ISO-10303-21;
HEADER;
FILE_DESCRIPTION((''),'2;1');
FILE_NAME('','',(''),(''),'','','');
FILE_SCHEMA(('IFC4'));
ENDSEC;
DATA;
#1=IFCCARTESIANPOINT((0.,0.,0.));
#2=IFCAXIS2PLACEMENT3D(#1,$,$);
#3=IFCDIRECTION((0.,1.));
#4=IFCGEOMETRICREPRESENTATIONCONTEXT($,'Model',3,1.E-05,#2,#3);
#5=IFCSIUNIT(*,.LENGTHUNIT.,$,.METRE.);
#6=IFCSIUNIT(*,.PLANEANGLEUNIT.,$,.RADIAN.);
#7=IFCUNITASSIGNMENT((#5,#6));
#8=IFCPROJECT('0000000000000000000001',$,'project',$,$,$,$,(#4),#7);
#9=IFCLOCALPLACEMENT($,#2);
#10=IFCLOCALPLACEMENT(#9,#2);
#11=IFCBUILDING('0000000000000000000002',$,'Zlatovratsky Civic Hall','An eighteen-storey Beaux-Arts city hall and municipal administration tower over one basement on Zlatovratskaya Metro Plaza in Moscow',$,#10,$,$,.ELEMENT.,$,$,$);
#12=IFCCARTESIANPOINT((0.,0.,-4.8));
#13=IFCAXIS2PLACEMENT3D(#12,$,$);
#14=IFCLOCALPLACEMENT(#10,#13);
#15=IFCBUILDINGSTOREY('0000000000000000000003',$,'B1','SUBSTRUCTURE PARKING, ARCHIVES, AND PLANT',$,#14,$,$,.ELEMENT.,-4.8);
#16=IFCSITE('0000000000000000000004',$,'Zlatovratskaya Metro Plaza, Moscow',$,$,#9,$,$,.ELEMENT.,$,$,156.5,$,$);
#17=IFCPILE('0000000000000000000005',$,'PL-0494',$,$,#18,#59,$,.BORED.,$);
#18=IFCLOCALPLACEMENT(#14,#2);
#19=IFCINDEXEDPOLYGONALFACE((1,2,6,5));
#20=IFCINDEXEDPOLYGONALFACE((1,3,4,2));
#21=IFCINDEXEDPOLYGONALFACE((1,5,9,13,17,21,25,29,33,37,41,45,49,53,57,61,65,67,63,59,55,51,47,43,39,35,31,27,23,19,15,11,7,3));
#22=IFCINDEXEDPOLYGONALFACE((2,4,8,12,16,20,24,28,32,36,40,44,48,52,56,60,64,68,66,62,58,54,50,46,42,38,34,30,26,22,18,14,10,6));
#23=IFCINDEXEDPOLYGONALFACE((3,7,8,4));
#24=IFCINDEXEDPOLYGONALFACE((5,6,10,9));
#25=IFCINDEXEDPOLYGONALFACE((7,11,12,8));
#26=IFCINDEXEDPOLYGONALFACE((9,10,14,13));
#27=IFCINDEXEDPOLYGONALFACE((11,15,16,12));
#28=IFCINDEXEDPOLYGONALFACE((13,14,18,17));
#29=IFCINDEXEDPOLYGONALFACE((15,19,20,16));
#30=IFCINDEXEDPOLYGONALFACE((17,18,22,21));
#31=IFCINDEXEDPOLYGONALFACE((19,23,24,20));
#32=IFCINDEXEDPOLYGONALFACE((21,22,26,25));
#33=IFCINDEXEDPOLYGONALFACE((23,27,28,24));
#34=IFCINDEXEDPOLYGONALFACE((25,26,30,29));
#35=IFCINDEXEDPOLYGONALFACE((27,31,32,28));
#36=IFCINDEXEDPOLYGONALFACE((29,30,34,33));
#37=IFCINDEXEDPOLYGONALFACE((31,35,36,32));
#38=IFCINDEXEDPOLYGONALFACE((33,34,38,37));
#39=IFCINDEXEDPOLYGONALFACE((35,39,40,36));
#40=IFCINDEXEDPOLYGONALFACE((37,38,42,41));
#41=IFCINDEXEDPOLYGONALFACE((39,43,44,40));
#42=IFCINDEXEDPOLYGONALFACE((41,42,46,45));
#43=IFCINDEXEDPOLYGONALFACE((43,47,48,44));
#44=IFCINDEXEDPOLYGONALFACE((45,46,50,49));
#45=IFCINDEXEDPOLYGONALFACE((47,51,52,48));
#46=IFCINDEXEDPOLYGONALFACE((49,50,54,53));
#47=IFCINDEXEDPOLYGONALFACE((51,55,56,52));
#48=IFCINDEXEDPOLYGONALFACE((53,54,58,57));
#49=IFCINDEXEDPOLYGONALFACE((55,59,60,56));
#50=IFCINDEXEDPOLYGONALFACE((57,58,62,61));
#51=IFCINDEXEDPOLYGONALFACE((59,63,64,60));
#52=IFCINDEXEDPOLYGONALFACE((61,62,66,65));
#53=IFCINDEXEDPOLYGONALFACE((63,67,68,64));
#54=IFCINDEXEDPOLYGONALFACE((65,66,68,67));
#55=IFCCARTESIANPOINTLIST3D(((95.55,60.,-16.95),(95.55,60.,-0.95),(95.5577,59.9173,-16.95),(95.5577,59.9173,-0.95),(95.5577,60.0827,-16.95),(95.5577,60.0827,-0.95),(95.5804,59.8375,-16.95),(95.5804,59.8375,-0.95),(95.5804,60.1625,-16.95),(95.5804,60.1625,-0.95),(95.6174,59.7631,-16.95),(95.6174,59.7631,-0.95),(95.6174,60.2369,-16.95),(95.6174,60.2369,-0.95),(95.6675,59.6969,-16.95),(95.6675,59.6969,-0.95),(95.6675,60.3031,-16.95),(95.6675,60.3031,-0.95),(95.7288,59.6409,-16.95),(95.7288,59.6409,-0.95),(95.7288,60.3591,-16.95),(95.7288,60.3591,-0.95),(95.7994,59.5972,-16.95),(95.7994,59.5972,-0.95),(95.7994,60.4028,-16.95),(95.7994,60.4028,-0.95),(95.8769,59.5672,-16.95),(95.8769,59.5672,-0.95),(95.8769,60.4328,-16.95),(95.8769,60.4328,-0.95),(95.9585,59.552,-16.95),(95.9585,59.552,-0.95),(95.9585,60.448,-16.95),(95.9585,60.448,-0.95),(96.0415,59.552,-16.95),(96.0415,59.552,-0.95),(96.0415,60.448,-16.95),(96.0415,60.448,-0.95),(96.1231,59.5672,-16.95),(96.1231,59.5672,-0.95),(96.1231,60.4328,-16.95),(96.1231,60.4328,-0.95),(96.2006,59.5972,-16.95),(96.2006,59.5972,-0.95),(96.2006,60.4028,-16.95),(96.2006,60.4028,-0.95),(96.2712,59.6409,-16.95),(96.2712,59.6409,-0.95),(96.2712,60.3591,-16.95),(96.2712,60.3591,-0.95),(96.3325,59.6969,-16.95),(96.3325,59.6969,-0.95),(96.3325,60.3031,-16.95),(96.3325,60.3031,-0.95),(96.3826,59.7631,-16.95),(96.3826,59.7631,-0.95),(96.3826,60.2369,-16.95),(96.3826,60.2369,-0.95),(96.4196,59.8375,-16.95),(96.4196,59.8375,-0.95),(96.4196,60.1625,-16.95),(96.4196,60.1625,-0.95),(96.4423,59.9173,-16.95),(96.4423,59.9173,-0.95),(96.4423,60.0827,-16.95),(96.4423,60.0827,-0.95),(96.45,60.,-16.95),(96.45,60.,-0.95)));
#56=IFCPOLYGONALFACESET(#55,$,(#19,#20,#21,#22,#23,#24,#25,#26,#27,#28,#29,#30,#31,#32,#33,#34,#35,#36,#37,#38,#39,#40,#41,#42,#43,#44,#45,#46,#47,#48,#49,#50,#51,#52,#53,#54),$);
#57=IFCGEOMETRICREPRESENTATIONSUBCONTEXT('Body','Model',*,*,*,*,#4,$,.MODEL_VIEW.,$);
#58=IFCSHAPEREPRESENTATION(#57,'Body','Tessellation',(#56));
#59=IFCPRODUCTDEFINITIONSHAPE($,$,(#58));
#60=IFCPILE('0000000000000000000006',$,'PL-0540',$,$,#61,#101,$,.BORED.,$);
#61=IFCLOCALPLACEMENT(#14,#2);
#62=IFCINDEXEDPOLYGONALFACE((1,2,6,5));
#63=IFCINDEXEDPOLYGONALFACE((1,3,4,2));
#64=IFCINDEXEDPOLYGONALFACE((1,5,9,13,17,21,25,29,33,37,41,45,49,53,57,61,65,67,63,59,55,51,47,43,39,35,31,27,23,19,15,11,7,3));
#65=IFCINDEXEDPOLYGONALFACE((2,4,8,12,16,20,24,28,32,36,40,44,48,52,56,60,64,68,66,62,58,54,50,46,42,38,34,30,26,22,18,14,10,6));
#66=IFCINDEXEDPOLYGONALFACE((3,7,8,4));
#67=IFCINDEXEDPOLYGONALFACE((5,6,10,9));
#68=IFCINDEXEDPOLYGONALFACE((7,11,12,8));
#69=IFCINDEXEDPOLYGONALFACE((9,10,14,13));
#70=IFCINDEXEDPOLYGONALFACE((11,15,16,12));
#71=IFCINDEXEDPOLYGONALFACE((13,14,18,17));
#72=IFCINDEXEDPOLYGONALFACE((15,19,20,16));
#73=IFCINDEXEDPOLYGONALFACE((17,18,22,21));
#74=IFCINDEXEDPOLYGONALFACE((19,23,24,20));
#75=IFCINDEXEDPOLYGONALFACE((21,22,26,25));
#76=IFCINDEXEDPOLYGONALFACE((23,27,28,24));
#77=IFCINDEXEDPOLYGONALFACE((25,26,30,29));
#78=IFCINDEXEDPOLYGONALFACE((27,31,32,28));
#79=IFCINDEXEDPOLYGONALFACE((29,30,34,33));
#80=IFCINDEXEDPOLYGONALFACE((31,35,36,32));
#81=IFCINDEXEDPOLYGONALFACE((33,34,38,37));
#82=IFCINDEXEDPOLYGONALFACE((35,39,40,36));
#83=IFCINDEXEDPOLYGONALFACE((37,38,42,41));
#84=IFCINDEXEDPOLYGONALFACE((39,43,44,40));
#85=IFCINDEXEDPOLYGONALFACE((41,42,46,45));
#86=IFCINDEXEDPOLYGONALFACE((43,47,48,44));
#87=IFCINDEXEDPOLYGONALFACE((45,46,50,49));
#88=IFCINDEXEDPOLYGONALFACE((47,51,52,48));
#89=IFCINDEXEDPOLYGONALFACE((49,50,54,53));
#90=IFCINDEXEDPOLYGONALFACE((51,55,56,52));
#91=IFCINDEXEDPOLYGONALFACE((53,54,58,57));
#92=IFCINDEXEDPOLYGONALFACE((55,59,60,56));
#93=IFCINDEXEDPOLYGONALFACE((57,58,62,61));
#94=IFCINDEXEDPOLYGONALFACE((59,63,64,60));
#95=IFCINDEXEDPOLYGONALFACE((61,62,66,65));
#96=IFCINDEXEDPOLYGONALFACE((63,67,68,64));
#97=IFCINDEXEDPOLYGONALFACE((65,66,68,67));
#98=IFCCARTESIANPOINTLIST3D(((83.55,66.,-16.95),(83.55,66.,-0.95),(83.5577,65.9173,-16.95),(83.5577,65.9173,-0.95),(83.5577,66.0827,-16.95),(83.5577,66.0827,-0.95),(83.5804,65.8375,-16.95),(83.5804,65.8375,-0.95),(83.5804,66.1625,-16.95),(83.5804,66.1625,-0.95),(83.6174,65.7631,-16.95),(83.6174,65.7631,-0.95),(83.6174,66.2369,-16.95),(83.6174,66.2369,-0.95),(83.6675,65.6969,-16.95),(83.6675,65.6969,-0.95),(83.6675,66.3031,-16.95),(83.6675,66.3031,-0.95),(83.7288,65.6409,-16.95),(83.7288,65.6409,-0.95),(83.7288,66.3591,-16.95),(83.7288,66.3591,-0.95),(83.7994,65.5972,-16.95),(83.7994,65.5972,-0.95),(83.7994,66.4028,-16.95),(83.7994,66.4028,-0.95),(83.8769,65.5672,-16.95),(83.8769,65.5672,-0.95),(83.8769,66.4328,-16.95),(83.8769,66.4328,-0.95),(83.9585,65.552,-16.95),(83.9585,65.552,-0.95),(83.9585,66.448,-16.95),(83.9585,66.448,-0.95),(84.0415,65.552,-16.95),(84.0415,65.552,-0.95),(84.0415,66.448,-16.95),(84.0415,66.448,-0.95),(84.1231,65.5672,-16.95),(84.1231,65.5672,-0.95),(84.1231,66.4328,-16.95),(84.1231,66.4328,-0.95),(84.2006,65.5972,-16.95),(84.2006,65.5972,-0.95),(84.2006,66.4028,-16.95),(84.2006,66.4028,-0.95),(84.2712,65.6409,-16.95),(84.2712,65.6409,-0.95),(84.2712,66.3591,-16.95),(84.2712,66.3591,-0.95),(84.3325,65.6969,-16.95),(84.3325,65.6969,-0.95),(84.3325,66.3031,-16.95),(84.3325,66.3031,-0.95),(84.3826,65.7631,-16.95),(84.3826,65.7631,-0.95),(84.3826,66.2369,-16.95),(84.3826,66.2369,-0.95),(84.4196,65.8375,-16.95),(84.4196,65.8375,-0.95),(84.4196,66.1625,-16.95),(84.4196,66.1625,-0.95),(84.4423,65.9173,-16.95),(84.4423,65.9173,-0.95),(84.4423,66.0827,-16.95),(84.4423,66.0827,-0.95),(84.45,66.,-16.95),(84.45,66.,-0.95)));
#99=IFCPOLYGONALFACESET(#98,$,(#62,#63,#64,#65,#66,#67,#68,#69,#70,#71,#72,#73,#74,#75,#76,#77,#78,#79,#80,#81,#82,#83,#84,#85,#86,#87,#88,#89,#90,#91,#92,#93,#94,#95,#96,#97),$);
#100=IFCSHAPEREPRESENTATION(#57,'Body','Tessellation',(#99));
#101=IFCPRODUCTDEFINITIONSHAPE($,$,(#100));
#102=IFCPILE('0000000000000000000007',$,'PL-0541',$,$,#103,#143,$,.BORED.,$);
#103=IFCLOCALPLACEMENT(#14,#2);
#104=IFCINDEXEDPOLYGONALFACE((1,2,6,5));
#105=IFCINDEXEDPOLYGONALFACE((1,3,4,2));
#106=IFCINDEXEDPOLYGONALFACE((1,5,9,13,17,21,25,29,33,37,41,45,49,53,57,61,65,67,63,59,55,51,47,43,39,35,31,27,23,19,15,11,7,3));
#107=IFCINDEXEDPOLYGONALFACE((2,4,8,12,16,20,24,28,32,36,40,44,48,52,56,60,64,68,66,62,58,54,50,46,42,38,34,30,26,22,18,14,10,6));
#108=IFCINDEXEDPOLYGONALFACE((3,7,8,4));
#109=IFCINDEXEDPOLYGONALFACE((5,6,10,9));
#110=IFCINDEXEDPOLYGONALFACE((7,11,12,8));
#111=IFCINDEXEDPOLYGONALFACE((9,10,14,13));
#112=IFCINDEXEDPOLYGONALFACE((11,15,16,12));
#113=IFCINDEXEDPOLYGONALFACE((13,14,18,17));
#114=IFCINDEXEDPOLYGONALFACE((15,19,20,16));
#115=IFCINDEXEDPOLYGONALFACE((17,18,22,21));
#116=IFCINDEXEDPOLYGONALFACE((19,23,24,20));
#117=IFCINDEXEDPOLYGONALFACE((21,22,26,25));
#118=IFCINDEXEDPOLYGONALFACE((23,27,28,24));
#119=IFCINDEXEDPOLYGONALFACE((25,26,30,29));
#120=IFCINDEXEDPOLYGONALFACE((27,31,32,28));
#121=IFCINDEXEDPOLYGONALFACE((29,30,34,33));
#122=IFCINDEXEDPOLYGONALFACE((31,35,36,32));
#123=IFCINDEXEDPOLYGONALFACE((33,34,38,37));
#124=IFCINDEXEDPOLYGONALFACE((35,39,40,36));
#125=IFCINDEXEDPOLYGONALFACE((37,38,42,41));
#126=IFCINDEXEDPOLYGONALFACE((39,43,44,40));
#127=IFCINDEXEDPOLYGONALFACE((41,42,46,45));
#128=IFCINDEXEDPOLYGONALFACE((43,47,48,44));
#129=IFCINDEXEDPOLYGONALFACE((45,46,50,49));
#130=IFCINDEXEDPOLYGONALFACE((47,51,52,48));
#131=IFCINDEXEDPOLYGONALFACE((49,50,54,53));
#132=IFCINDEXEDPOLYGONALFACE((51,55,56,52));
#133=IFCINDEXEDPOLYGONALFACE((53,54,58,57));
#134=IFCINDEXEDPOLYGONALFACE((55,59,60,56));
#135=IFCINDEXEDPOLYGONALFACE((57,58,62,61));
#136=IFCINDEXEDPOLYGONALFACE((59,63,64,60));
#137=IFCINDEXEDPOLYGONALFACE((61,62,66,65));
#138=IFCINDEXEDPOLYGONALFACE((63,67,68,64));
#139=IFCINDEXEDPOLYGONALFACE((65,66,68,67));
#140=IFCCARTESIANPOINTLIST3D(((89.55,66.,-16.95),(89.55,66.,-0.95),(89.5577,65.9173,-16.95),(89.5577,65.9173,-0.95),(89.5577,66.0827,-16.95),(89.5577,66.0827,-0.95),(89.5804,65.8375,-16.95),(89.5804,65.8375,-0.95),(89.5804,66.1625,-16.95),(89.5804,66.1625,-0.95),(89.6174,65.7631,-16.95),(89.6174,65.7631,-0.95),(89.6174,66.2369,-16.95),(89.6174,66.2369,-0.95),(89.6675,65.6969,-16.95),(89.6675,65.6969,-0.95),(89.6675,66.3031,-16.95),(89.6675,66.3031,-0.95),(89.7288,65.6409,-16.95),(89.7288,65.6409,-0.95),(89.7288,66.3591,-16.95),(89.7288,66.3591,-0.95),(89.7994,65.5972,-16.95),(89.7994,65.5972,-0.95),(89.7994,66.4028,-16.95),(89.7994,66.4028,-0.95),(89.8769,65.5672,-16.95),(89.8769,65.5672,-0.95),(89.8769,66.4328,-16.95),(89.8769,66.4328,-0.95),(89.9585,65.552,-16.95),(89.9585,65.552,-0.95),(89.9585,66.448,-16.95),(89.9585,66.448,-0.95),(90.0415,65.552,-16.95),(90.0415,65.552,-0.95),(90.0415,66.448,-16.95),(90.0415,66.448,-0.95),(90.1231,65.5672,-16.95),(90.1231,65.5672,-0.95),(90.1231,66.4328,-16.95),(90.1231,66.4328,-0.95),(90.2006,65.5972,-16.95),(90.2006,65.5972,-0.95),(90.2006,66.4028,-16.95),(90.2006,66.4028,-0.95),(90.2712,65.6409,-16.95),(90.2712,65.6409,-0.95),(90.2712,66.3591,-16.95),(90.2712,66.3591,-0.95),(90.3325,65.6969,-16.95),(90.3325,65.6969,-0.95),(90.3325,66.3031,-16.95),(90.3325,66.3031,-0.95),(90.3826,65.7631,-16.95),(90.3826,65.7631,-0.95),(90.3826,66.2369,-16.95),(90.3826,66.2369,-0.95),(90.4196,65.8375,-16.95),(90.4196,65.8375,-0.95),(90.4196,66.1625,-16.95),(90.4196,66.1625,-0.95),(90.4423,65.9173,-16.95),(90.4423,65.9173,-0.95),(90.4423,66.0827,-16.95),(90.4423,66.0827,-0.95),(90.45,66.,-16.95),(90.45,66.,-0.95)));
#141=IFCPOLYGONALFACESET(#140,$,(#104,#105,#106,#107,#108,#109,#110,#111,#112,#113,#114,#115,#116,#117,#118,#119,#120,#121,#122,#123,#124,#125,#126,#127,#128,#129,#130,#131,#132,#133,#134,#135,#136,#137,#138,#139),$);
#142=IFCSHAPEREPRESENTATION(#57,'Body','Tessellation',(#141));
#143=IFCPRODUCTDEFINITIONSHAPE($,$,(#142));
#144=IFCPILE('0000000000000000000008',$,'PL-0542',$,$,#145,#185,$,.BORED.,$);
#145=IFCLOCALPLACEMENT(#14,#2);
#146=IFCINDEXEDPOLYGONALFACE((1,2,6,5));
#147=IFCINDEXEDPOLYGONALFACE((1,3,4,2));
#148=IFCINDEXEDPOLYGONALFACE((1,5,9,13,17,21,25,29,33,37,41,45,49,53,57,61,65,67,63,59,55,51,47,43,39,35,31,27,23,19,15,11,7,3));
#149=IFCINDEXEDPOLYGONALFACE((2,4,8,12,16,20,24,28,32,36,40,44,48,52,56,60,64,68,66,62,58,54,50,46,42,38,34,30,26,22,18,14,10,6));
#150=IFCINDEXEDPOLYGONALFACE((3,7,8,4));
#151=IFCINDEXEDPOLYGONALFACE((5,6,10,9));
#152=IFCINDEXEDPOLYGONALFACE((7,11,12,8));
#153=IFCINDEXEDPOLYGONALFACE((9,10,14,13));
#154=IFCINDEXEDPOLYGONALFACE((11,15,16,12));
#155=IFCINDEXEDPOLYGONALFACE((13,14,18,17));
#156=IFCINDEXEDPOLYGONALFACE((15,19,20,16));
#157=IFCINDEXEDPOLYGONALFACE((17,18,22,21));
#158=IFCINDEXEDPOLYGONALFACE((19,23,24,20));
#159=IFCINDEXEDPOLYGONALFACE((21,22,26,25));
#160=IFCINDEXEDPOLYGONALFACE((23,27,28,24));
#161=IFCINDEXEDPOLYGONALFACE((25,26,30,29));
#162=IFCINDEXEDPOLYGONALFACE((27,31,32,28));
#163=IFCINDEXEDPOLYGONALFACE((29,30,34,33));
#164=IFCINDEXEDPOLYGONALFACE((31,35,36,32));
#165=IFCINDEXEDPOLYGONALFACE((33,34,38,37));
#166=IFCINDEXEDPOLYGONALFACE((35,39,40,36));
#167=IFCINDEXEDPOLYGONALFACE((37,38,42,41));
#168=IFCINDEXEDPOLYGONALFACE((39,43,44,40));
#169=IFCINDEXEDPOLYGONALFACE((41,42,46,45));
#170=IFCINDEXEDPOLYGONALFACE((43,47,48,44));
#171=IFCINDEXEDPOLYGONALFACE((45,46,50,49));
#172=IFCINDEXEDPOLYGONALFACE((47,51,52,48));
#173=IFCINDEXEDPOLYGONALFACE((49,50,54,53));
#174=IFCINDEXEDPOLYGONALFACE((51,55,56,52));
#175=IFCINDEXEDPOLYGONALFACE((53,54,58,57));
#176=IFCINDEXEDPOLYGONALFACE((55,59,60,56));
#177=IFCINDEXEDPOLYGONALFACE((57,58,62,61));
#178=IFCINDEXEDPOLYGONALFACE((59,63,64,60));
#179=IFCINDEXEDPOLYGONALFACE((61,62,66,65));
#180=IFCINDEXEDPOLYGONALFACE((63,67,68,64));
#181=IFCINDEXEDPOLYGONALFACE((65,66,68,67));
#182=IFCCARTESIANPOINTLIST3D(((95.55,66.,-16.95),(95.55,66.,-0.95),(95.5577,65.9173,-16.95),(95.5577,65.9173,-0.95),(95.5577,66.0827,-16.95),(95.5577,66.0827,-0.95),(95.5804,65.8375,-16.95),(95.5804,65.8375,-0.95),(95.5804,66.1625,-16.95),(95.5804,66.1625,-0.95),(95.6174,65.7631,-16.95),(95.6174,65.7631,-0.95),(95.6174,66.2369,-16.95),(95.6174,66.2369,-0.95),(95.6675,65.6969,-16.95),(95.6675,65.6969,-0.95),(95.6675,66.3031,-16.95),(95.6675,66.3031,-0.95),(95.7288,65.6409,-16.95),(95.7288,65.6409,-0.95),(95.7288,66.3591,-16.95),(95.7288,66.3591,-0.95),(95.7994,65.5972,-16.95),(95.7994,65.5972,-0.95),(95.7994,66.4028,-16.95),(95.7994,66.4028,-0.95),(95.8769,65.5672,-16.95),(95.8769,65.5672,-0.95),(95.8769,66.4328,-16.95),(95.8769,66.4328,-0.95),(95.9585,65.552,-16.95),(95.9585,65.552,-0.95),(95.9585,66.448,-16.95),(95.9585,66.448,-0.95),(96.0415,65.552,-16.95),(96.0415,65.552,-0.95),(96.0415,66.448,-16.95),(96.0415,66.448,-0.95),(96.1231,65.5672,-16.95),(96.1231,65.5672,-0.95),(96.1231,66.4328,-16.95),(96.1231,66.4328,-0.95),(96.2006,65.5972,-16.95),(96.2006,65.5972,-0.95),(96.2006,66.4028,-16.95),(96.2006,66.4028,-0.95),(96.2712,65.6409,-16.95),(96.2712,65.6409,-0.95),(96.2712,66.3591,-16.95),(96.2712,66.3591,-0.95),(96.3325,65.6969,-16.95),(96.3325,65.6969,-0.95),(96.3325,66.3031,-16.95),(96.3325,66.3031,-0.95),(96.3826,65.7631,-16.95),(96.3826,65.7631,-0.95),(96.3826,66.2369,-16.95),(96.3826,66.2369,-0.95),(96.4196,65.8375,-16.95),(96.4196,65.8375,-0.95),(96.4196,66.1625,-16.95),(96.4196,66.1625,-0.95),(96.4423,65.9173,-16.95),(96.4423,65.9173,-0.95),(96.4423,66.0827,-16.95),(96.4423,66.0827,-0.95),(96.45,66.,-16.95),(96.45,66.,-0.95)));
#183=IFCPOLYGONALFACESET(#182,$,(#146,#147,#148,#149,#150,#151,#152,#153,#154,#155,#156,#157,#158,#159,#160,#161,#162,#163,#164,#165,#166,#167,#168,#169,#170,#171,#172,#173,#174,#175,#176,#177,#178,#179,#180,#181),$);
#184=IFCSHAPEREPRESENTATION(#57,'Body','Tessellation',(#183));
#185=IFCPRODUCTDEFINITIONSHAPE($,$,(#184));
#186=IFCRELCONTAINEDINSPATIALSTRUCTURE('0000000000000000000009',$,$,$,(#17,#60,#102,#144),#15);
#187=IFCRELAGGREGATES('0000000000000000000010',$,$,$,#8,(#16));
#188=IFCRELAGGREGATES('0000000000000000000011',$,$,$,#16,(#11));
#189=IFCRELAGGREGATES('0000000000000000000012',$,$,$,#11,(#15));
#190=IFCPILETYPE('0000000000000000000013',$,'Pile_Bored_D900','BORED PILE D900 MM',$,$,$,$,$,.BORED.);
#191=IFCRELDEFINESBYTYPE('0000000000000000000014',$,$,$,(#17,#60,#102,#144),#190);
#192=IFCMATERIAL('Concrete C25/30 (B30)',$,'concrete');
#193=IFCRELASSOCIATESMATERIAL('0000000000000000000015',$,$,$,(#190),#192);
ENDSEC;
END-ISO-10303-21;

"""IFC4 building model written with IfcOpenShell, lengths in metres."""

from ifc_helpers import new_model, si_unit, direction, frame, origin, origin_2d, place, context, subcontext, project, spatial, circle, extrude, material, material_profile, profile_set, type_object, element, save


model = new_model("IFC4")

# Units and contexts
model_context = context("Model", 3, precision=1e-05, world=origin(), true_north=direction((0.0, 1.0)))
body_context = subcontext(model_context, "Body", "Model", "MODEL_VIEW")
ifc_project = project(units=[si_unit("LENGTHUNIT", "METRE"), si_unit("PLANEANGLEUNIT", "RADIAN")], contexts=[model_context])

# Site, building, storey
site_placement = place(None, origin())
site = spatial("IfcSite", under=ifc_project, at=site_placement, Name="Zlatovratskaya Metro Plaza, Moscow", CompositionType="ELEMENT", RefElevation=156.5)
building_placement = place(site_placement, origin())
building = spatial("IfcBuilding", under=site, at=building_placement, Name="Zlatovratsky Civic Hall", Description="An eighteen-storey Beaux-Arts city hall and municipal administration tower over one basement on Zlatovratskaya Metro Plaza in Moscow", CompositionType="ELEMENT")
storey_placement = place(building_placement, frame((0.0, 0.0, -4.8)))
storey = spatial("IfcBuildingStorey", under=building, at=storey_placement, Name="B1", Description="SUBSTRUCTURE PARKING, ARCHIVES, AND PLANT", CompositionType="ELEMENT", Elevation=-4.8)

# Shared definitions
ifc_material_1 = material(Name="Concrete C25/30 (B30)", Category="concrete")

# Piles
ifc_material_profile_1 = material_profile(ifc_material_1, circle(Radius=0.45, at=origin_2d()), Name="PILE D900")
ifc_profile_set_1 = profile_set([ifc_material_profile_1], Name="Concrete C25/30 (B30)")
pile_type_1 = type_object("IfcPileType", Name="Pile_Bored_D900", Description="BORED PILE D900 MM", PredefinedType="BORED", material=ifc_profile_set_1)
for number, where, z_axis, x_axis, name in (
    (1, (96.0, 60.0, -0.95), (0.0, 0.0, -1.0), (1.0, 0.0, 0.0), "PL-0494"),
    (2, (84.0, 66.0, -0.95), (0.0, 0.0, -1.0), (1.0, 0.0, 0.0), "PL-0540"),
    (3, (90.0, 66.0, -0.95), (0.0, 0.0, -1.0), (1.0, 0.0, 0.0), "PL-0541"),
    (4, (96.0, 66.0, -0.95), (0.0, 0.0, -1.0), (1.0, 0.0, 0.0), "PL-0542"),
):
    element("IfcPile", number, at=place(storey_placement, frame(where, z_axis=z_axis, x_axis=x_axis)), inside=storey, type_object=pile_type_1, Name=name, PredefinedType="BORED", context=body_context, shape_type="SweptSolid", body=[
        extrude(circle(Radius=0.45, at=origin_2d()), origin(), (0.0, 0.0, 1.0), 16.0),
    ])

save(model, "model.ifc")
